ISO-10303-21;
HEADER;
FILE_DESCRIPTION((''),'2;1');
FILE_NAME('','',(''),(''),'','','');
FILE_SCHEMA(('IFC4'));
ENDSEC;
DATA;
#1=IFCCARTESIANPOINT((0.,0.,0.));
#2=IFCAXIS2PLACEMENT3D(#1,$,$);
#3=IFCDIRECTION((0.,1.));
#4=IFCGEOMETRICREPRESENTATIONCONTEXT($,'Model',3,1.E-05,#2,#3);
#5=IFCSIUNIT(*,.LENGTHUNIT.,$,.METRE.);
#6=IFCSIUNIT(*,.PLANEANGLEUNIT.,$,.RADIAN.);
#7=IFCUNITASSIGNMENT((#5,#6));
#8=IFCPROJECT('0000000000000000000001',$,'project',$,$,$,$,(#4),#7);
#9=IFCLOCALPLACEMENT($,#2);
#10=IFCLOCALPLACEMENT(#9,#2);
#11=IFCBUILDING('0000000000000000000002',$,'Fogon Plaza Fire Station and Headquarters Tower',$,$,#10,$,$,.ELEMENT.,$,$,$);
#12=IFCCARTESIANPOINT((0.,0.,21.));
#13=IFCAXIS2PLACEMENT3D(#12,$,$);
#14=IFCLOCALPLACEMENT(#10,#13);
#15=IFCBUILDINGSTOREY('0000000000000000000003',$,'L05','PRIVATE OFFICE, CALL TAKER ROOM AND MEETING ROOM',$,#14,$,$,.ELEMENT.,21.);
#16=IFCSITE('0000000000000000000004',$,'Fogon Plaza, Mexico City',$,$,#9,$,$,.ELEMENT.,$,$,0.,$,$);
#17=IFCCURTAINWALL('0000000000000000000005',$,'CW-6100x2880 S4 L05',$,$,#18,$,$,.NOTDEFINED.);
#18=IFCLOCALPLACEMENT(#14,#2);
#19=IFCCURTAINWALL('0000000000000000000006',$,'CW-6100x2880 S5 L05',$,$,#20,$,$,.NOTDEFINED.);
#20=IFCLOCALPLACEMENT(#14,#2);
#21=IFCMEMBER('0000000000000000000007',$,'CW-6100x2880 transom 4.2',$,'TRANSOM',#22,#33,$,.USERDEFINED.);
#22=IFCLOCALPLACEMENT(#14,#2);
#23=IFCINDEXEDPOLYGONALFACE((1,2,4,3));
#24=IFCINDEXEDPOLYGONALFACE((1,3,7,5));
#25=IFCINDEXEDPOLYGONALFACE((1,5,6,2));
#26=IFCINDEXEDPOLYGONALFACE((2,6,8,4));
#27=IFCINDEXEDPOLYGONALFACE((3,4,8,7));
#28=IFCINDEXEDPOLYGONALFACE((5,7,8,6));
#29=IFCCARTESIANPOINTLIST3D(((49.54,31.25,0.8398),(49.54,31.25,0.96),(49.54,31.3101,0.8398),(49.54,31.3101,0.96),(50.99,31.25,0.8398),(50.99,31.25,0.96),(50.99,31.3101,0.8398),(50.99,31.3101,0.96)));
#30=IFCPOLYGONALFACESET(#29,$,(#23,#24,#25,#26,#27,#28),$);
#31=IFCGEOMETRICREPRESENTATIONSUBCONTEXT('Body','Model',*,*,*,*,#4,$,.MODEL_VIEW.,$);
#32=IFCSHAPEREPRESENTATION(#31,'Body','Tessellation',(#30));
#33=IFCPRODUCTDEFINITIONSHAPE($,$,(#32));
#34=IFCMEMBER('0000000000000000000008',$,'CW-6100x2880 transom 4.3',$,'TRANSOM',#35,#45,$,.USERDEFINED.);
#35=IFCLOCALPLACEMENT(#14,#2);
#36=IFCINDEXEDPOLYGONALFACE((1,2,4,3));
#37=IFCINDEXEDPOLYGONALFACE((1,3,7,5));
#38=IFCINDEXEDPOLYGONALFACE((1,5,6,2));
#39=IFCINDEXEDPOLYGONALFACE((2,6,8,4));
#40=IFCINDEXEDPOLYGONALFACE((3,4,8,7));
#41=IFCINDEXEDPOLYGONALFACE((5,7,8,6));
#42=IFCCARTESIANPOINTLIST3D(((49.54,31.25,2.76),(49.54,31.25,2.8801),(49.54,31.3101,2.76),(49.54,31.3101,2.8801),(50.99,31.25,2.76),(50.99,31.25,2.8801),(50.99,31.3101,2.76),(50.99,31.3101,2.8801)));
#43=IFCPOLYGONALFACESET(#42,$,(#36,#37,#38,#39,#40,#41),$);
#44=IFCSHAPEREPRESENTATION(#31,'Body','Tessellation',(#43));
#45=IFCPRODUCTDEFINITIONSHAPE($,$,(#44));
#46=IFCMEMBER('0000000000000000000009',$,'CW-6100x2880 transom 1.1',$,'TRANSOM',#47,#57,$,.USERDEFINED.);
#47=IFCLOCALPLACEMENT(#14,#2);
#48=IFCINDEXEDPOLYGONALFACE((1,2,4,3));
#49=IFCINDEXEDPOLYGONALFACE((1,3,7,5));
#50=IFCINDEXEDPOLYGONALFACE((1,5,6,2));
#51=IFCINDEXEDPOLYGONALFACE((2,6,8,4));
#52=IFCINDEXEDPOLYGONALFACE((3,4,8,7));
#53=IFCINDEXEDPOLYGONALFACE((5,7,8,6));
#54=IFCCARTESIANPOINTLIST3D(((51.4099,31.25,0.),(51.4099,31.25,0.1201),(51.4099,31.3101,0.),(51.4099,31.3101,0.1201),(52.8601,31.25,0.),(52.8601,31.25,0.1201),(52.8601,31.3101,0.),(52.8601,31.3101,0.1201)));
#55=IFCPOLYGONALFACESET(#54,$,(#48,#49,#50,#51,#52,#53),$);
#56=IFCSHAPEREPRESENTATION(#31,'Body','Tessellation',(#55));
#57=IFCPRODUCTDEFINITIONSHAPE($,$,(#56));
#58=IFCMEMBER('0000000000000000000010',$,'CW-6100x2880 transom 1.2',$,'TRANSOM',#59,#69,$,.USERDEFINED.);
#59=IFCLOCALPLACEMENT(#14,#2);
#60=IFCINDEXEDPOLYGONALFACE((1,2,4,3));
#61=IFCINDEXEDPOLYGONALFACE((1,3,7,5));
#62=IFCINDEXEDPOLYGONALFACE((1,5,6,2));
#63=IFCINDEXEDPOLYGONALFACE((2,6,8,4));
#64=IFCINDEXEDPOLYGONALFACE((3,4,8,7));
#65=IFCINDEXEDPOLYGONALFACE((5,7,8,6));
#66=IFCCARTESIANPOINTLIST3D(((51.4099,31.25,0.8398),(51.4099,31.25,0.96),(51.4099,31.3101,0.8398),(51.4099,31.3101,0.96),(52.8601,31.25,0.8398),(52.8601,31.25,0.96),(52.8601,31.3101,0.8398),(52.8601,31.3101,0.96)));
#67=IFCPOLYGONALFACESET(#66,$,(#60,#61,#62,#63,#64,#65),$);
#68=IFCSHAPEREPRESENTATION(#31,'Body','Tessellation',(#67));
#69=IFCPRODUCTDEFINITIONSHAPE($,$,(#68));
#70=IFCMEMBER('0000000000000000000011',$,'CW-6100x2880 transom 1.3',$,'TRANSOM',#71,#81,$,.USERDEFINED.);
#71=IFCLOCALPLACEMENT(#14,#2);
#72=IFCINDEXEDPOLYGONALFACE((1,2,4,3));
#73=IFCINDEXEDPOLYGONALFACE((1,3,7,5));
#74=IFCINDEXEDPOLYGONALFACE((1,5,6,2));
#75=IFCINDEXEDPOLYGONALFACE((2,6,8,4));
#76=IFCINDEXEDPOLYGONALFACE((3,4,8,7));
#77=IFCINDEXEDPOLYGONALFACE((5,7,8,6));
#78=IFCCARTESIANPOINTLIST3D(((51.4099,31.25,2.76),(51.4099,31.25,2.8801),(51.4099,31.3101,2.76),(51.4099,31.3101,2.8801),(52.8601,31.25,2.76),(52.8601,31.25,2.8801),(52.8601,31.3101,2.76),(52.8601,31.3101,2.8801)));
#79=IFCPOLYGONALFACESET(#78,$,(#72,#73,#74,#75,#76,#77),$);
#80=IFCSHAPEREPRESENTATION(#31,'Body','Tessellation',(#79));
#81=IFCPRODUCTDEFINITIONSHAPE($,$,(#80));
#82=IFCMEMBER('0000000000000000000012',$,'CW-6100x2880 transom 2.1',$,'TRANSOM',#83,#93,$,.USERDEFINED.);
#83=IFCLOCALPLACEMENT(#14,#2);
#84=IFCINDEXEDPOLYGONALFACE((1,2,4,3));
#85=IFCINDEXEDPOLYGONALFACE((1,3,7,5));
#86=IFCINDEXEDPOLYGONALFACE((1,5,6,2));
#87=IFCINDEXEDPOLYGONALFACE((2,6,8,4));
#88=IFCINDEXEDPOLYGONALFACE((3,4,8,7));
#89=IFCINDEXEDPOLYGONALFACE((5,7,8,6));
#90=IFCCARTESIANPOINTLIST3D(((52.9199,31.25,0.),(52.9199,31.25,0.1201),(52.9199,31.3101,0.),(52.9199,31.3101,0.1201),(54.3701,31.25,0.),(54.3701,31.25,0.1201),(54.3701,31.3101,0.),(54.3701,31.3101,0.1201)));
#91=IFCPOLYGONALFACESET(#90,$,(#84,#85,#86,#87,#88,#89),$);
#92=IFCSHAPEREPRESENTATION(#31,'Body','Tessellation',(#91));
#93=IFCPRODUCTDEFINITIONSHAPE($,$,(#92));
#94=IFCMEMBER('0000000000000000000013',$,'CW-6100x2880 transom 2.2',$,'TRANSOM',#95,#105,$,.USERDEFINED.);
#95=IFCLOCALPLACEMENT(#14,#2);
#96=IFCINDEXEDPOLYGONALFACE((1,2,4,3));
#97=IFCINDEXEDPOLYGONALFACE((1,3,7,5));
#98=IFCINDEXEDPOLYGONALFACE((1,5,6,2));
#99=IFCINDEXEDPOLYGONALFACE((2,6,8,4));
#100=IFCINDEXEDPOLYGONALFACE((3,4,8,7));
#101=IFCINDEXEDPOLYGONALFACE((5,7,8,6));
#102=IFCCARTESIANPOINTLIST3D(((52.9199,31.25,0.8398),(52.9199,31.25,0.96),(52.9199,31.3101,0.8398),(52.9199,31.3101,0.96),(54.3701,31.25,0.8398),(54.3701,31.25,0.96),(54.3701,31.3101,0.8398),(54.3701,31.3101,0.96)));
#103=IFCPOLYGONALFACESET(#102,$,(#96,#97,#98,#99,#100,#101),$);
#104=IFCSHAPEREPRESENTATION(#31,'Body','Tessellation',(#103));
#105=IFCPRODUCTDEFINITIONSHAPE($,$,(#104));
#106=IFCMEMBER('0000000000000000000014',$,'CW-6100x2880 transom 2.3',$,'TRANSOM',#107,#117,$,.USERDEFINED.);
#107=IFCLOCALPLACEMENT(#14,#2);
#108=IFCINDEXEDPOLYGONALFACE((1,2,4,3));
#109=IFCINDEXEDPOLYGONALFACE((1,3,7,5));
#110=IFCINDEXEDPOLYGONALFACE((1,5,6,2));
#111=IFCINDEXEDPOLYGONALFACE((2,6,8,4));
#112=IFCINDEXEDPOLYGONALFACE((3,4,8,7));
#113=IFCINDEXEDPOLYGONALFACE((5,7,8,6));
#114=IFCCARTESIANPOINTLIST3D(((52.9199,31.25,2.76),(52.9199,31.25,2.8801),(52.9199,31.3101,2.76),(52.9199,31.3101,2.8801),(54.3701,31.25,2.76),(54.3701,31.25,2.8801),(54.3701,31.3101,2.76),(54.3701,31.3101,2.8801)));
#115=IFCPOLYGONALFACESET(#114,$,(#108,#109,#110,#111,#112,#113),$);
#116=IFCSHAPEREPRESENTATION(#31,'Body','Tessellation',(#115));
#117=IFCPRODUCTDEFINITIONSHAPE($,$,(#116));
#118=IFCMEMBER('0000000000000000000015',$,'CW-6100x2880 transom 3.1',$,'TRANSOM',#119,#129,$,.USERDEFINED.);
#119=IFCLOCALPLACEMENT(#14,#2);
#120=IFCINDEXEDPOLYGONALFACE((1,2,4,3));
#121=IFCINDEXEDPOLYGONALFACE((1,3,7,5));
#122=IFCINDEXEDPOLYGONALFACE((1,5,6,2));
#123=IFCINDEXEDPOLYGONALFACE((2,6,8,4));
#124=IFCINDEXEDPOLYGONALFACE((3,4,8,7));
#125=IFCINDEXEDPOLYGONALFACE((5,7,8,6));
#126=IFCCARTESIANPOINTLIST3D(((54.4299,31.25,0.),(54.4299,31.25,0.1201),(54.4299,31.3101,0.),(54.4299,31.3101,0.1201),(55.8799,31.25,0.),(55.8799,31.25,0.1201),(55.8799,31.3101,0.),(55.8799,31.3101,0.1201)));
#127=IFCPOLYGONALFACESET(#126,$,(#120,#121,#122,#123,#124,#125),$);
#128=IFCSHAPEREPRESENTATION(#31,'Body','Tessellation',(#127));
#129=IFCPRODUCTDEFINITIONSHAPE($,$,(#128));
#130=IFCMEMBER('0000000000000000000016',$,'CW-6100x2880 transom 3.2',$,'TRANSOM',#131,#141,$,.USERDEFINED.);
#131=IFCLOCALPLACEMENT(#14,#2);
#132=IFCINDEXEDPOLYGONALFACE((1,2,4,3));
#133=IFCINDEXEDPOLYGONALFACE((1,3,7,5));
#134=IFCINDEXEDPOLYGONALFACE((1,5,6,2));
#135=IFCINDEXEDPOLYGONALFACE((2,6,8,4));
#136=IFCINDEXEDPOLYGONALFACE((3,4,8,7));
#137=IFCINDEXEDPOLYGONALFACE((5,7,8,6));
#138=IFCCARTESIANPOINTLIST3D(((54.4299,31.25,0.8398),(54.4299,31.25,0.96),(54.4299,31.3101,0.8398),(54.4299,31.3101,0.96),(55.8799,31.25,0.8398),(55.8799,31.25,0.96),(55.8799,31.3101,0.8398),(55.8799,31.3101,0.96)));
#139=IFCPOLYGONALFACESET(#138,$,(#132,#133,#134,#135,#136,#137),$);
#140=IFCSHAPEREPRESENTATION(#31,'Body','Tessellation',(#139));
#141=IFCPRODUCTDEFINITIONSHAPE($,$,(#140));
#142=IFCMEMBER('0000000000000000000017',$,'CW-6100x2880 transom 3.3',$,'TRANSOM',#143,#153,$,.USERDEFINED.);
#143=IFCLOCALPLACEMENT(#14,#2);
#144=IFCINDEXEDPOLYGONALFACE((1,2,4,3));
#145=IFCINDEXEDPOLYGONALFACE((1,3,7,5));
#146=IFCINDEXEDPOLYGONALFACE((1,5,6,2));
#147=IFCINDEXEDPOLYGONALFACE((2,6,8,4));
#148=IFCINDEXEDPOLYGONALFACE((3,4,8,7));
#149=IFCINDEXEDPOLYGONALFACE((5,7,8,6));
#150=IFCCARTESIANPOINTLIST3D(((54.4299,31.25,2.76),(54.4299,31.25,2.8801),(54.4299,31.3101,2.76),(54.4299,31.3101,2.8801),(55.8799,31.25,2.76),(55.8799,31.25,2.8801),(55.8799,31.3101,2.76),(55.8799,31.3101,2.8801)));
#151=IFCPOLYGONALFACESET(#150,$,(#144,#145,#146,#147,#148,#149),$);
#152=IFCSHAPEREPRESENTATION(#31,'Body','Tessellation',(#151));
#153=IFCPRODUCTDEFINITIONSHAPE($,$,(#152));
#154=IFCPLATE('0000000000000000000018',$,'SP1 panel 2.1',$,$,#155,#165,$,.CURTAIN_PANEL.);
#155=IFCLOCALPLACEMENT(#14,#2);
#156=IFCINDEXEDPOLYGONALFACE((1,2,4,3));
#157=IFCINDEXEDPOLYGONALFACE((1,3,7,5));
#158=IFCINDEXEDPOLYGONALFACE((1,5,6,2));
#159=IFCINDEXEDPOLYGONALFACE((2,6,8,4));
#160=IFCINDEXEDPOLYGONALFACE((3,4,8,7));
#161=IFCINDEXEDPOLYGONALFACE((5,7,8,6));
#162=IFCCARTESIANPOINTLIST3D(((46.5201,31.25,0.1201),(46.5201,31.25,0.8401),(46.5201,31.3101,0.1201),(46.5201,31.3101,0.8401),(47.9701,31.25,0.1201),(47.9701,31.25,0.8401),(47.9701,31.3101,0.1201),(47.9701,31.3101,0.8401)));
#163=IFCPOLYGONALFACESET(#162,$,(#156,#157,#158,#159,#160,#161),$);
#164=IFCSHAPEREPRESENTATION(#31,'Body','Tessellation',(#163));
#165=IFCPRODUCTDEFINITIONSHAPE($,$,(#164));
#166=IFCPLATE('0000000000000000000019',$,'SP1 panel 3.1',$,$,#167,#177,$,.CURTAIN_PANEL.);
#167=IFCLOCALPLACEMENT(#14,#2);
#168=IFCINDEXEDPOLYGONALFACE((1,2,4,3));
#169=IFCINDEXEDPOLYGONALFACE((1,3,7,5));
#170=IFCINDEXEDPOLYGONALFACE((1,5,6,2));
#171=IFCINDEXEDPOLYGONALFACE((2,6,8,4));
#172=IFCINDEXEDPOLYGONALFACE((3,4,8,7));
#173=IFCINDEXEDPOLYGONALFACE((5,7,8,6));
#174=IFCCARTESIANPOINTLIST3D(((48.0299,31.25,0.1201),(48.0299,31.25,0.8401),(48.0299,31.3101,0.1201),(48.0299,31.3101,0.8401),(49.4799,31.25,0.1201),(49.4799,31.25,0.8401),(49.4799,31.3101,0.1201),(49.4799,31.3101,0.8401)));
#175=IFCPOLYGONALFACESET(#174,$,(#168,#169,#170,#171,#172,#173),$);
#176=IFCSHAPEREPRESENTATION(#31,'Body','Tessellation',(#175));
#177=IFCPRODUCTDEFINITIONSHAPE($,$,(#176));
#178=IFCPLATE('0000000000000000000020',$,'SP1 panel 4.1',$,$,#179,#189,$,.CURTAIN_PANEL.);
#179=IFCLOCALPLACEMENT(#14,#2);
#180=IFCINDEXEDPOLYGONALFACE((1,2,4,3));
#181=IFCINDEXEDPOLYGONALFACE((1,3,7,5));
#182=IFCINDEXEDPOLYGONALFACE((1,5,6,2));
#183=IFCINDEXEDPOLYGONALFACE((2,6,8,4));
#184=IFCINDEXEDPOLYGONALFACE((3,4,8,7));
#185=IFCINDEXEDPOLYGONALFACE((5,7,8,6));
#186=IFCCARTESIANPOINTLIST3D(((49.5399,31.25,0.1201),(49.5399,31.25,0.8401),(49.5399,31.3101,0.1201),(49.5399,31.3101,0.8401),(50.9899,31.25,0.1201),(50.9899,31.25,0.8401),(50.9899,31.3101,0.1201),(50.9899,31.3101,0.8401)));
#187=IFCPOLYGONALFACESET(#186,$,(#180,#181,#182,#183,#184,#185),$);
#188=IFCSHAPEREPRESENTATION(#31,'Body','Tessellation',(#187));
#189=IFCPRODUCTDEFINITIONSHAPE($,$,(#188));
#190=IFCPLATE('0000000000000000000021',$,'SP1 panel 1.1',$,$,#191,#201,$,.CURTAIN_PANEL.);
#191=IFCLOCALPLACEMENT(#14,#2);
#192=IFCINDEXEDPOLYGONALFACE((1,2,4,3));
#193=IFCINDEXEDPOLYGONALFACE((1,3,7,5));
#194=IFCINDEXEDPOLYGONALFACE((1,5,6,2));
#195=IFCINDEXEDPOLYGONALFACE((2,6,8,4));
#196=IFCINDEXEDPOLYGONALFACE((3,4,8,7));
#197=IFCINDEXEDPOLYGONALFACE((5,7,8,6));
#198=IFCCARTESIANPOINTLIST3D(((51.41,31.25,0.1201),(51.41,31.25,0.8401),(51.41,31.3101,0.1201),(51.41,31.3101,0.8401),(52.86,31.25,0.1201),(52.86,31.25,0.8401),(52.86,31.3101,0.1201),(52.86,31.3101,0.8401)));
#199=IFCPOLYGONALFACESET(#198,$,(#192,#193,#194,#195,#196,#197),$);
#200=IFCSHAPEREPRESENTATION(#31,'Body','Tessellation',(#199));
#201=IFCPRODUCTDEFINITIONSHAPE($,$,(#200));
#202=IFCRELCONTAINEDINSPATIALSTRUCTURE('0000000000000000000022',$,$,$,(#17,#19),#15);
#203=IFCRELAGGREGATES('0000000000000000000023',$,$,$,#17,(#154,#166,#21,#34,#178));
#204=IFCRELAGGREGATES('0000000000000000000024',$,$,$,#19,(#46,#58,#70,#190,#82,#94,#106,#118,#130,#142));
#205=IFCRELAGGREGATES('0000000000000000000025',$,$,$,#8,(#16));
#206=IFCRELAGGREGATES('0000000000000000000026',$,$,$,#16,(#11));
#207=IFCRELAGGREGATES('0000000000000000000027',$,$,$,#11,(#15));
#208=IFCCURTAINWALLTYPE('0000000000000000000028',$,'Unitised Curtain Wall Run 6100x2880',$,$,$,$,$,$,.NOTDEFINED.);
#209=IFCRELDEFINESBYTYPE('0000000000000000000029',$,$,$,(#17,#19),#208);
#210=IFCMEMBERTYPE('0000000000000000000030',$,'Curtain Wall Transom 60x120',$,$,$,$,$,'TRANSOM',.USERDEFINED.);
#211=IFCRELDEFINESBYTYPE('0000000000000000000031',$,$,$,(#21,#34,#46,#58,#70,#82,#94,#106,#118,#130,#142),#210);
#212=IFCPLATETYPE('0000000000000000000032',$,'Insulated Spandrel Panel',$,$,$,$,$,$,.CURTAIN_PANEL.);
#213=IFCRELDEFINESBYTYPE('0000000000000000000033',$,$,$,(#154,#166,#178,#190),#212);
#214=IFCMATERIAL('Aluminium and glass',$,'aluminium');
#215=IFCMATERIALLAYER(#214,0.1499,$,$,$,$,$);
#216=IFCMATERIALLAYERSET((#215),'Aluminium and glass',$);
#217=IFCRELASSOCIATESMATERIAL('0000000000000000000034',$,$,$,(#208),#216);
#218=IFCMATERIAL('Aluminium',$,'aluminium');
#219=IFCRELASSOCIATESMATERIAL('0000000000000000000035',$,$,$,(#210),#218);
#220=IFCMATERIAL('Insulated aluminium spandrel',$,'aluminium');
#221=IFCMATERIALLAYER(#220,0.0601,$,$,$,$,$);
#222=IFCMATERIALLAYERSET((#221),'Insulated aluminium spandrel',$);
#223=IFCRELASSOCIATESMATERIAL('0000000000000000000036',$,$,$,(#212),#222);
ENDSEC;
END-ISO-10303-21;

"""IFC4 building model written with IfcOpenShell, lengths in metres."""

from ifc_helpers import new_model, si_unit, direction, frame, origin, origin_2d, place, context, subcontext, project, spatial, rectangle, extrude, material, layer, layer_set, material_profile, profile_set, type_object, element, aggregate, save


model = new_model("IFC4")

# Units and contexts
model_context = context("Model", 3, precision=1e-05, world=origin(), true_north=direction((0.0, 1.0)))
body_context = subcontext(model_context, "Body", "Model", "MODEL_VIEW")
ifc_project = project(units=[si_unit("LENGTHUNIT", "METRE"), si_unit("PLANEANGLEUNIT", "RADIAN")], contexts=[model_context])

# Site, building, storey
site_placement = place(None, origin())
site = spatial("IfcSite", under=ifc_project, at=site_placement, Name="Fogon Plaza, Mexico City", CompositionType="ELEMENT", RefElevation=0.0)
building_placement = place(site_placement, origin())
building = spatial("IfcBuilding", under=site, at=building_placement, Name="Fogon Plaza Fire Station and Headquarters Tower", CompositionType="ELEMENT")
storey_placement = place(building_placement, frame((0.0, 0.0, 21.0)))
storey = spatial("IfcBuildingStorey", under=building, at=storey_placement, Name="L05", Description="PRIVATE OFFICE, CALL TAKER ROOM AND MEETING ROOM", CompositionType="ELEMENT", Elevation=21.0)

# Curtain walls
ifc_material_1 = material(Name="Aluminium and glass", Category="aluminium")
ifc_layer_1 = layer(ifc_material_1, 0.1499)
ifc_layer_set_1 = layer_set([ifc_layer_1], Name="Aluminium and glass")
curtain_wall_type = type_object("IfcCurtainWallType", Name="Unitised Curtain Wall Run 6100x2880", PredefinedType="NOTDEFINED", material=ifc_layer_set_1)
curtain_wall_1_placement = place(storey_placement, origin())
curtain_wall_1 = element("IfcCurtainWall", 1, at=curtain_wall_1_placement, inside=storey, type_object=curtain_wall_type, Name="CW-6100x2880 S4 L05", PredefinedType="NOTDEFINED")
curtain_wall_2_placement = place(storey_placement, origin())
curtain_wall_2 = element("IfcCurtainWall", 2, at=curtain_wall_2_placement, inside=storey, type_object=curtain_wall_type, Name="CW-6100x2880 S5 L05", PredefinedType="NOTDEFINED")

# Members
ifc_material_2 = material(Name="Aluminium", Category="aluminium")
ifc_material_profile_1 = material_profile(ifc_material_2, rectangle(XDim=0.0601, YDim=0.1201, at=origin_2d()), Name="Curtain Wall Transom 60x120")
ifc_profile_set_1 = profile_set([ifc_material_profile_1], Name="Aluminium")
member_type_1 = type_object("IfcMemberType", Name="Curtain Wall Transom 60x120", ElementType="TRANSOM", PredefinedType="USERDEFINED", material=ifc_profile_set_1)
member_1_placement = place(storey_placement, frame((49.54, 31.28, 0.8999), z_axis=(1.0, 0.0, 0.0), x_axis=(0.0, 1.0, 0.0)))
member_1 = element("IfcMember", 3, at=member_1_placement, type_object=member_type_1, Name="CW-6100x2880 transom 4.2", ObjectType="TRANSOM", PredefinedType="USERDEFINED", context=body_context, shape_type="SweptSolid", body=[
    extrude(rectangle(XDim=0.0601, YDim=0.1201, at=origin_2d()), origin(), (0.0, 0.0, 1.0), 1.45),
])
member_2_placement = place(storey_placement, frame((49.54, 31.28, 2.8201), z_axis=(1.0, 0.0, 0.0), x_axis=(0.0, 1.0, 0.0)))
member_2 = element("IfcMember", 4, at=member_2_placement, type_object=member_type_1, Name="CW-6100x2880 transom 4.3", ObjectType="TRANSOM", PredefinedType="USERDEFINED", context=body_context, shape_type="SweptSolid", body=[
    extrude(rectangle(XDim=0.0601, YDim=0.1201, at=origin_2d()), origin(), (0.0, 0.0, 1.0), 1.45),
])
member_3_placement = place(storey_placement, frame((51.4099, 31.28, 0.0601), z_axis=(1.0, 0.0, 0.0), x_axis=(0.0, 1.0, 0.0)))
member_3 = element("IfcMember", 5, at=member_3_placement, type_object=member_type_1, Name="CW-6100x2880 transom 1.1", ObjectType="TRANSOM", PredefinedType="USERDEFINED", context=body_context, shape_type="SweptSolid", body=[
    extrude(rectangle(XDim=0.0601, YDim=0.1201, at=origin_2d()), origin(), (0.0, 0.0, 1.0), 1.4502),
])
member_4_placement = place(storey_placement, frame((51.4099, 31.28, 0.8999), z_axis=(1.0, 0.0, 0.0), x_axis=(0.0, 1.0, 0.0)))
member_4 = element("IfcMember", 6, at=member_4_placement, type_object=member_type_1, Name="CW-6100x2880 transom 1.2", ObjectType="TRANSOM", PredefinedType="USERDEFINED", context=body_context, shape_type="SweptSolid", body=[
    extrude(rectangle(XDim=0.0601, YDim=0.1201, at=origin_2d()), origin(), (0.0, 0.0, 1.0), 1.4502),
])
member_5_placement = place(storey_placement, frame((51.4099, 31.28, 2.8201), z_axis=(1.0, 0.0, 0.0), x_axis=(0.0, 1.0, 0.0)))
member_5 = element("IfcMember", 7, at=member_5_placement, type_object=member_type_1, Name="CW-6100x2880 transom 1.3", ObjectType="TRANSOM", PredefinedType="USERDEFINED", context=body_context, shape_type="SweptSolid", body=[
    extrude(rectangle(XDim=0.0601, YDim=0.1201, at=origin_2d()), origin(), (0.0, 0.0, 1.0), 1.4502),
])
member_6_placement = place(storey_placement, frame((52.9199, 31.28, 0.0601), z_axis=(1.0, 0.0, 0.0), x_axis=(0.0, 1.0, 0.0)))
member_6 = element("IfcMember", 8, at=member_6_placement, type_object=member_type_1, Name="CW-6100x2880 transom 2.1", ObjectType="TRANSOM", PredefinedType="USERDEFINED", context=body_context, shape_type="SweptSolid", body=[
    extrude(rectangle(XDim=0.0601, YDim=0.1201, at=origin_2d()), origin(), (0.0, 0.0, 1.0), 1.4502),
])
member_7_placement = place(storey_placement, frame((52.9199, 31.28, 0.8999), z_axis=(1.0, 0.0, 0.0), x_axis=(0.0, 1.0, 0.0)))
member_7 = element("IfcMember", 9, at=member_7_placement, type_object=member_type_1, Name="CW-6100x2880 transom 2.2", ObjectType="TRANSOM", PredefinedType="USERDEFINED", context=body_context, shape_type="SweptSolid", body=[
    extrude(rectangle(XDim=0.0601, YDim=0.1201, at=origin_2d()), origin(), (0.0, 0.0, 1.0), 1.4502),
])
member_8_placement = place(storey_placement, frame((52.9199, 31.28, 2.8201), z_axis=(1.0, 0.0, 0.0), x_axis=(0.0, 1.0, 0.0)))
member_8 = element("IfcMember", 10, at=member_8_placement, type_object=member_type_1, Name="CW-6100x2880 transom 2.3", ObjectType="TRANSOM", PredefinedType="USERDEFINED", context=body_context, shape_type="SweptSolid", body=[
    extrude(rectangle(XDim=0.0601, YDim=0.1201, at=origin_2d()), origin(), (0.0, 0.0, 1.0), 1.4502),
])
member_9_placement = place(storey_placement, frame((54.4299, 31.28, 0.0601), z_axis=(1.0, 0.0, 0.0), x_axis=(0.0, 1.0, 0.0)))
member_9 = element("IfcMember", 11, at=member_9_placement, type_object=member_type_1, Name="CW-6100x2880 transom 3.1", ObjectType="TRANSOM", PredefinedType="USERDEFINED", context=body_context, shape_type="SweptSolid", body=[
    extrude(rectangle(XDim=0.0601, YDim=0.1201, at=origin_2d()), origin(), (0.0, 0.0, 1.0), 1.45),
])
member_10_placement = place(storey_placement, frame((54.4299, 31.28, 0.8999), z_axis=(1.0, 0.0, 0.0), x_axis=(0.0, 1.0, 0.0)))
member_10 = element("IfcMember", 12, at=member_10_placement, type_object=member_type_1, Name="CW-6100x2880 transom 3.2", ObjectType="TRANSOM", PredefinedType="USERDEFINED", context=body_context, shape_type="SweptSolid", body=[
    extrude(rectangle(XDim=0.0601, YDim=0.1201, at=origin_2d()), origin(), (0.0, 0.0, 1.0), 1.45),
])
member_11_placement = place(storey_placement, frame((54.4299, 31.28, 2.8201), z_axis=(1.0, 0.0, 0.0), x_axis=(0.0, 1.0, 0.0)))
member_11 = element("IfcMember", 13, at=member_11_placement, type_object=member_type_1, Name="CW-6100x2880 transom 3.3", ObjectType="TRANSOM", PredefinedType="USERDEFINED", context=body_context, shape_type="SweptSolid", body=[
    extrude(rectangle(XDim=0.0601, YDim=0.1201, at=origin_2d()), origin(), (0.0, 0.0, 1.0), 1.45),
])

# Plates
ifc_material_3 = material(Name="Insulated aluminium spandrel", Category="aluminium")
ifc_layer_2 = layer(ifc_material_3, 0.0601)
ifc_layer_set_2 = layer_set([ifc_layer_2], Name="Insulated aluminium spandrel")
plate_type_1 = type_object("IfcPlateType", Name="Insulated Spandrel Panel", PredefinedType="CURTAIN_PANEL", material=ifc_layer_set_2)
plate_1_placement = place(storey_placement, frame((47.2451, 31.28, 0.1201), z_axis=(0.0, 0.0, 1.0), x_axis=(1.0, 0.0, 0.0)))
plate_1 = element("IfcPlate", 14, at=plate_1_placement, type_object=plate_type_1, Name="SP1 panel 2.1", PredefinedType="CURTAIN_PANEL", context=body_context, shape_type="SweptSolid", body=[
    extrude(rectangle(XDim=1.45, YDim=0.0601, at=origin_2d()), origin(), (0.0, 0.0, 1.0), 0.72),
])
plate_2_placement = place(storey_placement, frame((48.7549, 31.28, 0.1201), z_axis=(0.0, 0.0, 1.0), x_axis=(1.0, 0.0, 0.0)))
plate_2 = element("IfcPlate", 15, at=plate_2_placement, type_object=plate_type_1, Name="SP1 panel 3.1", PredefinedType="CURTAIN_PANEL", context=body_context, shape_type="SweptSolid", body=[
    extrude(rectangle(XDim=1.45, YDim=0.0601, at=origin_2d()), origin(), (0.0, 0.0, 1.0), 0.72),
])
plate_3_placement = place(storey_placement, frame((50.2649, 31.28, 0.1201), z_axis=(0.0, 0.0, 1.0), x_axis=(1.0, 0.0, 0.0)))
plate_3 = element("IfcPlate", 16, at=plate_3_placement, type_object=plate_type_1, Name="SP1 panel 4.1", PredefinedType="CURTAIN_PANEL", context=body_context, shape_type="SweptSolid", body=[
    extrude(rectangle(XDim=1.45, YDim=0.0601, at=origin_2d()), origin(), (0.0, 0.0, 1.0), 0.72),
])
plate_4_placement = place(storey_placement, frame((52.135, 31.28, 0.1201), z_axis=(0.0, 0.0, 1.0), x_axis=(1.0, 0.0, 0.0)))
plate_4 = element("IfcPlate", 17, at=plate_4_placement, type_object=plate_type_1, Name="SP1 panel 1.1", PredefinedType="CURTAIN_PANEL", context=body_context, shape_type="SweptSolid", body=[
    extrude(rectangle(XDim=1.45, YDim=0.0601, at=origin_2d()), origin(), (0.0, 0.0, 1.0), 0.72),
])
aggregate(curtain_wall_1, [plate_1, plate_2, member_1, member_2, plate_3])
aggregate(curtain_wall_2, [member_3, member_4, member_5, plate_4, member_6, member_7, member_8, member_9, member_10, member_11])

save(model, "model.ifc")
